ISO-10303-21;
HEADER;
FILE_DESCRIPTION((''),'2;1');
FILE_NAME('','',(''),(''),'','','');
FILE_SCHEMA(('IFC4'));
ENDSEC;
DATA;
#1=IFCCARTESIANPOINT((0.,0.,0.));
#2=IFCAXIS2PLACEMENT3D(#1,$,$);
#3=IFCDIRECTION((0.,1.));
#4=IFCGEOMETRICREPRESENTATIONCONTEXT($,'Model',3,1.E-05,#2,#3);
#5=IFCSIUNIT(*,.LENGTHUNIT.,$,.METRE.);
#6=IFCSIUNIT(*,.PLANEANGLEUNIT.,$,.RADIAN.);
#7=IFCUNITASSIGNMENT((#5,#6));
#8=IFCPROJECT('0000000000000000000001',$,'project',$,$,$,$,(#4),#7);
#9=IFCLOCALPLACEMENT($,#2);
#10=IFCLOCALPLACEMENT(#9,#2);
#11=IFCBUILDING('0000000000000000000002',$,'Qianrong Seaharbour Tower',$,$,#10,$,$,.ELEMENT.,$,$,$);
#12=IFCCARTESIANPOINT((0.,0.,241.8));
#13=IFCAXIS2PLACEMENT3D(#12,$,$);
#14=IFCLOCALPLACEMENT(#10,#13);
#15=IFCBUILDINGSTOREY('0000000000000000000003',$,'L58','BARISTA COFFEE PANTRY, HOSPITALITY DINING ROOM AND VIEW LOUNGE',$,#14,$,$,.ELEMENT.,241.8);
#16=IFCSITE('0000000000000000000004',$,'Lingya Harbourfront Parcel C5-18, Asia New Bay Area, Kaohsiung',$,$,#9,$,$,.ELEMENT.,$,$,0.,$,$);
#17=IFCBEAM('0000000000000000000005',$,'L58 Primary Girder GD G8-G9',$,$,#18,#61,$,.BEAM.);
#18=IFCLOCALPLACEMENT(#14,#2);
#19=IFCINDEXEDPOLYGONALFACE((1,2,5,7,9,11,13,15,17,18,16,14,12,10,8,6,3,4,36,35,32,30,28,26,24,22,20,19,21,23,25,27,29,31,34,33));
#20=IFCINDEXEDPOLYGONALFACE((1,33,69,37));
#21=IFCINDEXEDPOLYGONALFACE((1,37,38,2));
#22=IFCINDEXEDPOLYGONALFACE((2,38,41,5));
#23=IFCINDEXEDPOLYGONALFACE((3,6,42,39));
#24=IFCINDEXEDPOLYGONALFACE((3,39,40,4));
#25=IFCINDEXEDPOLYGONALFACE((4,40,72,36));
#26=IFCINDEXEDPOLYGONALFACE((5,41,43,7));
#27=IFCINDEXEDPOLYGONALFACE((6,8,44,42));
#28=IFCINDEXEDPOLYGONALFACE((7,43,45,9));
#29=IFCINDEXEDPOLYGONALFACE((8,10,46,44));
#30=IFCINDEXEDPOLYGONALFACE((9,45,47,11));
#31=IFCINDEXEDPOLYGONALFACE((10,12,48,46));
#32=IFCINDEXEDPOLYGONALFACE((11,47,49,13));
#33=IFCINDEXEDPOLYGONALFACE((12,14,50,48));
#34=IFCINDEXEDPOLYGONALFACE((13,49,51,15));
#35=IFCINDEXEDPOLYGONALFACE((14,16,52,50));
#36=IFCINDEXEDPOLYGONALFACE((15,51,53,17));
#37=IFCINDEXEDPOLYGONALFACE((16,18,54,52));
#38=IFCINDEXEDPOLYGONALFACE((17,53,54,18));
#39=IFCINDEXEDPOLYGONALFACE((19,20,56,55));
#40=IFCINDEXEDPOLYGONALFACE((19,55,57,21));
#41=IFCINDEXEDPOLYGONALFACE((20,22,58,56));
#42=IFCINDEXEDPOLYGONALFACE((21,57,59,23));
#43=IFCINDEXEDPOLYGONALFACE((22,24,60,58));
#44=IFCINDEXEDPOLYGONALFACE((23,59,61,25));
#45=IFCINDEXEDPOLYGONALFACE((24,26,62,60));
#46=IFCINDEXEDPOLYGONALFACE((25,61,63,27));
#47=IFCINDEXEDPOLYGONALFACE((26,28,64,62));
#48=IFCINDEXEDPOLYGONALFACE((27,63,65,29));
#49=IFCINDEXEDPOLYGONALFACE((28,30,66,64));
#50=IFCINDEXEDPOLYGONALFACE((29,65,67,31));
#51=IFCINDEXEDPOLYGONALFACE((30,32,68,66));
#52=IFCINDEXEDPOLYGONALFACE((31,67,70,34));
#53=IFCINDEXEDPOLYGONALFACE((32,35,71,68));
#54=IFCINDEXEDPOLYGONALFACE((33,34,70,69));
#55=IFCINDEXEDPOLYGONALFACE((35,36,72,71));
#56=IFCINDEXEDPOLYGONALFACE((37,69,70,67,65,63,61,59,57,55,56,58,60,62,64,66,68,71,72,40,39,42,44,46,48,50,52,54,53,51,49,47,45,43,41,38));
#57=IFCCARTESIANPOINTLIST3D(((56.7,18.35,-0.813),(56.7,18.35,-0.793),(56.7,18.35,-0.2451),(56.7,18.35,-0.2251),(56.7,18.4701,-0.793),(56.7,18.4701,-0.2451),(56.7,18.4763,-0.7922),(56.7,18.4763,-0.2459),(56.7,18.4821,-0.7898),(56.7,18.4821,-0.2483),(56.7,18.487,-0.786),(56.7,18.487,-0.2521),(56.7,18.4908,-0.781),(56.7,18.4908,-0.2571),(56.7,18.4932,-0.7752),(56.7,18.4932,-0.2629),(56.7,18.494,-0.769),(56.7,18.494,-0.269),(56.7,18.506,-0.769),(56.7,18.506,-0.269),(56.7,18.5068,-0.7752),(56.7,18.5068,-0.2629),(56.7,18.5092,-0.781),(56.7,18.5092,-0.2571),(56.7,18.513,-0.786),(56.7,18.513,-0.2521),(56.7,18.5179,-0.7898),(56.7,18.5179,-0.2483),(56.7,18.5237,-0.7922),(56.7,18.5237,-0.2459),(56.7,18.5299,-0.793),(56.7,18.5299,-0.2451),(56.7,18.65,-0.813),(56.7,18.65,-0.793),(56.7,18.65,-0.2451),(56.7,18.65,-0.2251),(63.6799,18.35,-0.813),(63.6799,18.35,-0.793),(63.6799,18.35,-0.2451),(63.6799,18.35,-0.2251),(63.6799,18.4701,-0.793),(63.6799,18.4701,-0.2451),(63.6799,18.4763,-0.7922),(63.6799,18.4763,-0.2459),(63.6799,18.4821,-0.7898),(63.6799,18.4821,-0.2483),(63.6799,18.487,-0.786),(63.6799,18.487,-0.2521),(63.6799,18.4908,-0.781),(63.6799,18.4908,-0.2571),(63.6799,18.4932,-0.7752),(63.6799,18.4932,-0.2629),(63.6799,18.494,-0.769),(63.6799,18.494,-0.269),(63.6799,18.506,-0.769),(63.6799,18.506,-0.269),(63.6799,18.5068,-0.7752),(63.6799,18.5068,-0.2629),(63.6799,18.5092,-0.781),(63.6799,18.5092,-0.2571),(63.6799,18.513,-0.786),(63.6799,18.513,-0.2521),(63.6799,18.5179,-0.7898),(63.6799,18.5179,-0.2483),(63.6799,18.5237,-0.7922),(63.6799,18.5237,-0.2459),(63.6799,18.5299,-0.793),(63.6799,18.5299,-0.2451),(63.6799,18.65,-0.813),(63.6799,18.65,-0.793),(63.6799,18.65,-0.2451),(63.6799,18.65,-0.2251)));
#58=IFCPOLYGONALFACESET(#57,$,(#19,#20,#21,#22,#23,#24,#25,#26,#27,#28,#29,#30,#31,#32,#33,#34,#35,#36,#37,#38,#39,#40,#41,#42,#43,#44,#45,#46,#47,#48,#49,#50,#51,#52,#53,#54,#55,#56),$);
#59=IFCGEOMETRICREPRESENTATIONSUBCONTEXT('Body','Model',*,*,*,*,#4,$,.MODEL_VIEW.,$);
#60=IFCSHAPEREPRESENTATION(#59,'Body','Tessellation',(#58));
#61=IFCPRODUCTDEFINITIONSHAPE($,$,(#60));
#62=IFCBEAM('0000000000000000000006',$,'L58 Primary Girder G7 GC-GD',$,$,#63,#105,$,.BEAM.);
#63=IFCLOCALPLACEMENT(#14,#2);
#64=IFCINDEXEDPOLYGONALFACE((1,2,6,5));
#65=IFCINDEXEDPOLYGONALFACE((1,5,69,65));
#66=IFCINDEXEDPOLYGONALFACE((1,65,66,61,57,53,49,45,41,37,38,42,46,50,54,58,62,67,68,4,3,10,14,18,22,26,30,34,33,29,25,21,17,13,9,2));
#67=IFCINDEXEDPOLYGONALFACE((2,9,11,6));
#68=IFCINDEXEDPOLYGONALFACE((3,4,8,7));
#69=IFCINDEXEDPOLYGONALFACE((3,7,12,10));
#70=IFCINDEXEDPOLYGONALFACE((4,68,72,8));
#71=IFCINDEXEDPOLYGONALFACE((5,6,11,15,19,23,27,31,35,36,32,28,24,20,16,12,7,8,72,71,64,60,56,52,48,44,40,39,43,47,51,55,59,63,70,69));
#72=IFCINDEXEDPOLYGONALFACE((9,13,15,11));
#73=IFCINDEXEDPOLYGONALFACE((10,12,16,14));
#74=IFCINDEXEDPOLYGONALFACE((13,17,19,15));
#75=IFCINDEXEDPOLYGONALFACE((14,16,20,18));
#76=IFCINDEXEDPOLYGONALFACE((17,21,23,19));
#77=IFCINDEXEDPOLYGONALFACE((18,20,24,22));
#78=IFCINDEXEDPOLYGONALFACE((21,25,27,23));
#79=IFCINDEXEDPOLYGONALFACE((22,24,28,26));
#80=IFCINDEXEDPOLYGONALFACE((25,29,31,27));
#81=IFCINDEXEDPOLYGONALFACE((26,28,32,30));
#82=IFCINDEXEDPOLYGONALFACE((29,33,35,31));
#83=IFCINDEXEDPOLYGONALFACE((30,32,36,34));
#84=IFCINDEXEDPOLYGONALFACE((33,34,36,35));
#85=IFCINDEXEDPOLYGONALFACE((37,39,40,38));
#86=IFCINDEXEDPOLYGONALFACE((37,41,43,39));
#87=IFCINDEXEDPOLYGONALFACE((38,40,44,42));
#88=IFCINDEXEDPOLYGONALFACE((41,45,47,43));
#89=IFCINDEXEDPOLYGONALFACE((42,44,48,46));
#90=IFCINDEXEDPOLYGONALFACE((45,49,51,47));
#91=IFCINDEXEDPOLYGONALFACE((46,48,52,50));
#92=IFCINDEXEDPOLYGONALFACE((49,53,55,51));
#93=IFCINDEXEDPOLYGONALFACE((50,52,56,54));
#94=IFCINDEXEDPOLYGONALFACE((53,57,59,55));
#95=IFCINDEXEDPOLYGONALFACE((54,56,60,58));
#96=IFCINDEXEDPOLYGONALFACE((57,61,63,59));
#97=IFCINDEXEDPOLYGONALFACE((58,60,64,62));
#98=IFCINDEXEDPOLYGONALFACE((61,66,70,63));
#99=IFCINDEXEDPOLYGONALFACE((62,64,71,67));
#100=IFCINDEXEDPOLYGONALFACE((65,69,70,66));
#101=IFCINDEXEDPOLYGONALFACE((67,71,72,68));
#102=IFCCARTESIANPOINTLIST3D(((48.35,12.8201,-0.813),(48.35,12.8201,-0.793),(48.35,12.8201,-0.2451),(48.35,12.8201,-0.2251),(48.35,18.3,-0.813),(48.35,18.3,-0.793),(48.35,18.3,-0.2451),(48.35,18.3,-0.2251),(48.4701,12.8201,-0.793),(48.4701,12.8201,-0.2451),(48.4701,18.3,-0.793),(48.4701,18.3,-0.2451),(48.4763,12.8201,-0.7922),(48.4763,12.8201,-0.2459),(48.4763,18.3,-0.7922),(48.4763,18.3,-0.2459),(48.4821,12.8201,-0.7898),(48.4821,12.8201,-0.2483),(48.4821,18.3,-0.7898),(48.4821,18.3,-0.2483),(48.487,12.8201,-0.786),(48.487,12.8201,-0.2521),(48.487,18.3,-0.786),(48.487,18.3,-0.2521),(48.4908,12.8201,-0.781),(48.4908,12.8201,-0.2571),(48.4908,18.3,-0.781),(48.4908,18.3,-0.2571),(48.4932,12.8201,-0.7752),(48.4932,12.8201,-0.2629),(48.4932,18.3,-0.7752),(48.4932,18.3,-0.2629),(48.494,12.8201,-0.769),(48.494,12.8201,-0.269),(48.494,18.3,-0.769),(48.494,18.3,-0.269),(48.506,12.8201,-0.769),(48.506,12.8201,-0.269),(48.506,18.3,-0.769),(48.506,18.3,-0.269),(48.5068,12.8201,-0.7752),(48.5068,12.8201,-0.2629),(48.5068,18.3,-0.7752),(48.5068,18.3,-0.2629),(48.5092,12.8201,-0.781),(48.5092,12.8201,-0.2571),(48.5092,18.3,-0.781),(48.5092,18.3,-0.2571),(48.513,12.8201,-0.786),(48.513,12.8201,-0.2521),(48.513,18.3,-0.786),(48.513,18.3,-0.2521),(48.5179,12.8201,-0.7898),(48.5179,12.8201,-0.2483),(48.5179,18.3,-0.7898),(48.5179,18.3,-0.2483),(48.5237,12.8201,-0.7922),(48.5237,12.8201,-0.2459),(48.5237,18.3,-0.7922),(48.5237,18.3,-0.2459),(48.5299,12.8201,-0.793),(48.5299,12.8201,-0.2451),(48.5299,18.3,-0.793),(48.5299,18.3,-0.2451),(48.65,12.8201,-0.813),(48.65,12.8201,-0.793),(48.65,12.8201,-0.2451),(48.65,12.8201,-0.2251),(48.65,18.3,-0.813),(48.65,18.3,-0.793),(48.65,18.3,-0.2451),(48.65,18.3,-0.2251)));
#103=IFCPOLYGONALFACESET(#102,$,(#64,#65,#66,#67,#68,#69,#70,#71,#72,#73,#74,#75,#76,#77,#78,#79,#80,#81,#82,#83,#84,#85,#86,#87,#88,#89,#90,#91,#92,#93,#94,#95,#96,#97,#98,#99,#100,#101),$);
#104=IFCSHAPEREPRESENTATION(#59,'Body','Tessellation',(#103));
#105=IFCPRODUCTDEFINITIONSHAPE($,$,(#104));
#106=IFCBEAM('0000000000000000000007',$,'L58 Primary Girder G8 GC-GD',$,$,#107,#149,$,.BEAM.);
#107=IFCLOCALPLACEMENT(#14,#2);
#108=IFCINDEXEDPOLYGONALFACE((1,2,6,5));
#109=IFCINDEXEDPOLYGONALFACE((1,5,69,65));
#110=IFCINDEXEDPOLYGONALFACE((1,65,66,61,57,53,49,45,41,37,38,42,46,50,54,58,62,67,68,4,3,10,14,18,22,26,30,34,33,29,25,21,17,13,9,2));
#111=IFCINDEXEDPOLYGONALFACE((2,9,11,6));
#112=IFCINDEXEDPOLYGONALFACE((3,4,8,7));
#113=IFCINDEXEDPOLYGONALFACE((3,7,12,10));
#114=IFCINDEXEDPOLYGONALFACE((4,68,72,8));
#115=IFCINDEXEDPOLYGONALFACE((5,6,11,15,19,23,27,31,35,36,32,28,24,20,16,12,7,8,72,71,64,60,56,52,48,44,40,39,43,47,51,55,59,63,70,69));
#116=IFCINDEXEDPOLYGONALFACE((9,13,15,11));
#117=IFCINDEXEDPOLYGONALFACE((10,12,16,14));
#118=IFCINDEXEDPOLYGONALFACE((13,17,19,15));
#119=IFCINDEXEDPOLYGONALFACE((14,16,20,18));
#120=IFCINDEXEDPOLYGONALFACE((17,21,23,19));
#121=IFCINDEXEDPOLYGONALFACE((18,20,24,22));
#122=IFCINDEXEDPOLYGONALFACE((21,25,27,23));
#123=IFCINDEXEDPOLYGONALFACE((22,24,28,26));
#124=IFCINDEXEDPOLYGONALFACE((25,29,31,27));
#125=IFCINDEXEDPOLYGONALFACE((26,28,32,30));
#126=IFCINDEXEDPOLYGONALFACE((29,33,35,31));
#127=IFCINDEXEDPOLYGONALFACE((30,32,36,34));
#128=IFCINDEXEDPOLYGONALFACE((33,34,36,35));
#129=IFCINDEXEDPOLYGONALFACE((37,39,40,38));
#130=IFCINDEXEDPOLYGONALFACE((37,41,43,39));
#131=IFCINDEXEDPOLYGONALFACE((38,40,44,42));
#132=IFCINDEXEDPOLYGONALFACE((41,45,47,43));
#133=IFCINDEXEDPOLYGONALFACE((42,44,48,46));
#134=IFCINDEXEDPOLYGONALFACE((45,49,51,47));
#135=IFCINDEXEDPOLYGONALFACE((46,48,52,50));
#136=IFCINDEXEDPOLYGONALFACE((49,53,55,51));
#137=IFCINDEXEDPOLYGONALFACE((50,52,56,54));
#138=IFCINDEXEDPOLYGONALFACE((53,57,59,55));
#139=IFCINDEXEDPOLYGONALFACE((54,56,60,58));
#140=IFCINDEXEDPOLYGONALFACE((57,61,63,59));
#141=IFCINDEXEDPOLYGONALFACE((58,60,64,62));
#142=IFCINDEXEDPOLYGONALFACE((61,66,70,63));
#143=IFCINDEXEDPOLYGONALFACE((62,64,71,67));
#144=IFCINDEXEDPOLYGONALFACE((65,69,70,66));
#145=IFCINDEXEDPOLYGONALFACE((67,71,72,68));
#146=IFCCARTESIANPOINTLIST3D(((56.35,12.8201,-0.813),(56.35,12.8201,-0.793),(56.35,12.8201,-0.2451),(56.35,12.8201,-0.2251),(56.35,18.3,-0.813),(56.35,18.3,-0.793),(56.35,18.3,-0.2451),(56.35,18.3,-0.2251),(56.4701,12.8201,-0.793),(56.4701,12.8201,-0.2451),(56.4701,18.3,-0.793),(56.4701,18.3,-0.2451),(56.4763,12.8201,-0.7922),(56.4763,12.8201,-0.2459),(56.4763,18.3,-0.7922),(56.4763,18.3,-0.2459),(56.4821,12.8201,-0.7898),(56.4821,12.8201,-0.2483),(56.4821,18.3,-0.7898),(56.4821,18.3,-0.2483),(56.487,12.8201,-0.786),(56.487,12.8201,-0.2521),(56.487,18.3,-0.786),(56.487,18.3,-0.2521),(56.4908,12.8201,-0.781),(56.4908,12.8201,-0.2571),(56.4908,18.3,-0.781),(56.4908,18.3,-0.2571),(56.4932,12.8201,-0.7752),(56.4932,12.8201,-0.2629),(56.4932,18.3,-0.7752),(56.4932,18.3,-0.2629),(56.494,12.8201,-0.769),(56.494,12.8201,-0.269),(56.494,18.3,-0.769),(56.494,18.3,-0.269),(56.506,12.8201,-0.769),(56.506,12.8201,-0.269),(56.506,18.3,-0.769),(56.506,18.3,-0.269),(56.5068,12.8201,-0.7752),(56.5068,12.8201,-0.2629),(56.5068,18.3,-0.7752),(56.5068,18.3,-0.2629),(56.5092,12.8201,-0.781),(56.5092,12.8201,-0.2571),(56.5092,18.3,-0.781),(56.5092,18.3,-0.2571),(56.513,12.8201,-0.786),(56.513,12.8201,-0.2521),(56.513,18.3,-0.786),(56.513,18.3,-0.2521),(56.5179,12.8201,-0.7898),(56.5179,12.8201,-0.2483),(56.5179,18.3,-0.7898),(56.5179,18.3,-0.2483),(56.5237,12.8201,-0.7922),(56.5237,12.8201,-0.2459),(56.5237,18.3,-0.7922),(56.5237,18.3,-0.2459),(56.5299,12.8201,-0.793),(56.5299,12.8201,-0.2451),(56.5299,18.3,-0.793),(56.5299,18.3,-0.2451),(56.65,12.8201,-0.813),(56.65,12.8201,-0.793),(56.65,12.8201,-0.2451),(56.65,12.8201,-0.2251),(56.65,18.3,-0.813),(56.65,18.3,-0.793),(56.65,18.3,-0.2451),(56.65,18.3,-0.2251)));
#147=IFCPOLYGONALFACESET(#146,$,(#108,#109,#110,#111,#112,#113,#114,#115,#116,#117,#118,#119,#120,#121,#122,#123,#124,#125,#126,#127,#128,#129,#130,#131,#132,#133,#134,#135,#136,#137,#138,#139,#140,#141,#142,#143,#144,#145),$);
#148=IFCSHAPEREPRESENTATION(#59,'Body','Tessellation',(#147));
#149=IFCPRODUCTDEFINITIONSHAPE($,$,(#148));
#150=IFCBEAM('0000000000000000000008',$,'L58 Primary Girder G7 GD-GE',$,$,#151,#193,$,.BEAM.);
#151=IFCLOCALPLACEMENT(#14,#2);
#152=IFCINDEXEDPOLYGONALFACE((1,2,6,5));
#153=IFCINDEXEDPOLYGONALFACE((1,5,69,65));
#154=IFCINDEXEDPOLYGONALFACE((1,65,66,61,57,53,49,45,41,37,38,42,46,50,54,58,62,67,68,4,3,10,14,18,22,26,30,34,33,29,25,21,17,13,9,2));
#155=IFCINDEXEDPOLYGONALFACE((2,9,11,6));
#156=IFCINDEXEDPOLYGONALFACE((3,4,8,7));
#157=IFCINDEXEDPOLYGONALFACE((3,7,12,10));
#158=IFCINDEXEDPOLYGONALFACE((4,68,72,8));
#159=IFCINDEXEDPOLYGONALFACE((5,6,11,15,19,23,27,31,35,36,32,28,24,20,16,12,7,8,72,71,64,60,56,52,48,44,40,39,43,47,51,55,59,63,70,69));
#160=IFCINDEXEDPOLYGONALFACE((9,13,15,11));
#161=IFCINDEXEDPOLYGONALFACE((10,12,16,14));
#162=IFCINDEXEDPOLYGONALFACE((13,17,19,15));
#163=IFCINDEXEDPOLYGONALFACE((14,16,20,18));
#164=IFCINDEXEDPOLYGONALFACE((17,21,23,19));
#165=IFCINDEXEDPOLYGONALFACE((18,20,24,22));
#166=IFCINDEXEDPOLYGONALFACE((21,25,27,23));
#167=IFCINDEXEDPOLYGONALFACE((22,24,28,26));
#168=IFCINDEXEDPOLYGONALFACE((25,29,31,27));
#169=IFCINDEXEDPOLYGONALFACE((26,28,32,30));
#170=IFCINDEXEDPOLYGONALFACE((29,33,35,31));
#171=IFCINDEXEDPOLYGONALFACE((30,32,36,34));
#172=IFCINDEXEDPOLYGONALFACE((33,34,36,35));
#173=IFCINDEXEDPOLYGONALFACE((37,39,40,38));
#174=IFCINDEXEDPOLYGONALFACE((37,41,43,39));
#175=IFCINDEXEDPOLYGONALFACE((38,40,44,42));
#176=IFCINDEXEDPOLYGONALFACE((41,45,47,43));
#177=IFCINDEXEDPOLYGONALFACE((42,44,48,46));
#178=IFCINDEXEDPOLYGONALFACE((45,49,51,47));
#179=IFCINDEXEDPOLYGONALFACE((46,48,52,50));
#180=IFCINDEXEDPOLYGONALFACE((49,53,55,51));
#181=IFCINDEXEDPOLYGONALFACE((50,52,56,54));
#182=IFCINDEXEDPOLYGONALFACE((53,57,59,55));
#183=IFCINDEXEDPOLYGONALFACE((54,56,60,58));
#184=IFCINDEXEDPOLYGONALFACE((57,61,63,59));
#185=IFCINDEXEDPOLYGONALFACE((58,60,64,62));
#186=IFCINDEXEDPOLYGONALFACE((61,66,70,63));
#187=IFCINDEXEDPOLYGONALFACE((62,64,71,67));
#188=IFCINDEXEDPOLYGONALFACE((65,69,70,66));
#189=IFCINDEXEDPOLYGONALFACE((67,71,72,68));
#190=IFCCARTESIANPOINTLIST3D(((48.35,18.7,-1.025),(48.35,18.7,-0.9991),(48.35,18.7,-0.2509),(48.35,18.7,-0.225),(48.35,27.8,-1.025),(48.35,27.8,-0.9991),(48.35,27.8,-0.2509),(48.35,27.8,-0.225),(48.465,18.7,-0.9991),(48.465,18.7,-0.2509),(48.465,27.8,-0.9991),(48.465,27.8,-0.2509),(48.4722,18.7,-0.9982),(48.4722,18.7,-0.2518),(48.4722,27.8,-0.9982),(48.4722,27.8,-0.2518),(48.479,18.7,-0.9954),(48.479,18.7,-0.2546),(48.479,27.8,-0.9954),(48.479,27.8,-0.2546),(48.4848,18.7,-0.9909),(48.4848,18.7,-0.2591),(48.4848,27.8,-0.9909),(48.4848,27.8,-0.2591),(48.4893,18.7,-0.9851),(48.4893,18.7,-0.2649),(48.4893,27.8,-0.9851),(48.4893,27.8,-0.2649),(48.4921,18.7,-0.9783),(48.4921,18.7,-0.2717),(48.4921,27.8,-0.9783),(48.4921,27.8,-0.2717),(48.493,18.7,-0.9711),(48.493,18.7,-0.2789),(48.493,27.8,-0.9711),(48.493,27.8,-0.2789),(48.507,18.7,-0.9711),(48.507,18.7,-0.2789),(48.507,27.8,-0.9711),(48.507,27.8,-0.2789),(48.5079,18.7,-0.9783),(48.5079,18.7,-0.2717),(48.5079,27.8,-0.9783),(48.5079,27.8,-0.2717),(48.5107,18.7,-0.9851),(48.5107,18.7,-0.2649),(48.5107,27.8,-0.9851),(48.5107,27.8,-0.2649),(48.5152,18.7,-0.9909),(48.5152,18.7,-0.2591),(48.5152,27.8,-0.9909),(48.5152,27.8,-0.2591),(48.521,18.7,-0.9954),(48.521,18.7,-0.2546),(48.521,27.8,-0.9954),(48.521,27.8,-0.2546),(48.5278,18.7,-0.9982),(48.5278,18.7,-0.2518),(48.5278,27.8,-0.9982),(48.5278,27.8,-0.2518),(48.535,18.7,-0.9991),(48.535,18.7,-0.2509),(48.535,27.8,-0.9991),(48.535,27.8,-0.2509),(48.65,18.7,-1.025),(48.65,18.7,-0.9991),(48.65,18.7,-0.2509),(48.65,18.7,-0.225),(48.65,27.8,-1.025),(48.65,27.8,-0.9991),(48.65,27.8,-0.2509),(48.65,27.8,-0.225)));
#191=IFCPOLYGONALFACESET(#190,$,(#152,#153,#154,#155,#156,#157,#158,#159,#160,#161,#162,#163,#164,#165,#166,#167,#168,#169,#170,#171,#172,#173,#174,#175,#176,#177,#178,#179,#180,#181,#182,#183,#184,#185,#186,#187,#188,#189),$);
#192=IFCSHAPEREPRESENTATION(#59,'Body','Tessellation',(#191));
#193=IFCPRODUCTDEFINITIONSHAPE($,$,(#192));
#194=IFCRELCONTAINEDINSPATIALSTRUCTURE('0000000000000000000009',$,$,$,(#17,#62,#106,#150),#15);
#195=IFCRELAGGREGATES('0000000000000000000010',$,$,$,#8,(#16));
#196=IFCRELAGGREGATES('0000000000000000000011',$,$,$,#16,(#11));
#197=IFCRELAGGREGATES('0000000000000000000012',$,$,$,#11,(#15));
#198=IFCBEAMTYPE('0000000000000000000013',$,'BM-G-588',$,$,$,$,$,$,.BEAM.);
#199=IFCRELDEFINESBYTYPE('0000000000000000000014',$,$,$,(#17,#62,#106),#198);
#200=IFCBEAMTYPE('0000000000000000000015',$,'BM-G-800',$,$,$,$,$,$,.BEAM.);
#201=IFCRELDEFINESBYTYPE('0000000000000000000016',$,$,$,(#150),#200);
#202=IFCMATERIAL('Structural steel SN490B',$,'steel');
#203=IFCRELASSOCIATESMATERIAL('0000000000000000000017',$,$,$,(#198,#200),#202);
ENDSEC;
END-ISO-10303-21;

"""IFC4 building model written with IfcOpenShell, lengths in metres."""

from ifc_helpers import new_model, si_unit, direction, frame, origin, origin_2d, place, context, subcontext, project, spatial, i_section, extrude, material, material_profile, profile_set, type_object, element, save


model = new_model("IFC4")

# Units and contexts
model_context = context("Model", 3, precision=1e-05, world=origin(), true_north=direction((0.0, 1.0)))
body_context = subcontext(model_context, "Body", "Model", "MODEL_VIEW")
ifc_project = project(units=[si_unit("LENGTHUNIT", "METRE"), si_unit("PLANEANGLEUNIT", "RADIAN")], contexts=[model_context])

# Site, building, storey
site_placement = place(None, origin())
site = spatial("IfcSite", under=ifc_project, at=site_placement, Name="Lingya Harbourfront Parcel C5-18, Asia New Bay Area, Kaohsiung", CompositionType="ELEMENT", RefElevation=0.0)
building_placement = place(site_placement, origin())
building = spatial("IfcBuilding", under=site, at=building_placement, Name="Qianrong Seaharbour Tower", CompositionType="ELEMENT")
storey_placement = place(building_placement, frame((0.0, 0.0, 241.8)))
storey = spatial("IfcBuildingStorey", under=building, at=storey_placement, Name="L58", Description="BARISTA COFFEE PANTRY, HOSPITALITY DINING ROOM AND VIEW LOUNGE", CompositionType="ELEMENT", Elevation=241.8)

# Shared definitions
ifc_material_1 = material(Name="Structural steel SN490B", Category="steel")

# Beams
ifc_material_profile_1 = material_profile(ifc_material_1, i_section(OverallWidth=0.3, OverallDepth=0.5879, WebThickness=0.012, FlangeThickness=0.02, FilletRadius=0.0239, at=origin_2d()), Name="H588x300x12x20")
ifc_profile_set_1 = profile_set([ifc_material_profile_1], Name="Structural steel SN490B")
beam_type_1 = type_object("IfcBeamType", Name="BM-G-588", PredefinedType="BEAM", material=ifc_profile_set_1)
beam_1_placement = place(storey_placement, frame((56.7, 18.5, -0.519), z_axis=(1.0, 0.0, 0.0), x_axis=(0.0, 1.0, 0.0)))
element("IfcBeam", 1, at=beam_1_placement, inside=storey, type_object=beam_type_1, Name="L58 Primary Girder GD G8-G9", PredefinedType="BEAM", context=body_context, shape_type="SweptSolid", body=[
    extrude(i_section(OverallWidth=0.3, OverallDepth=0.5879, WebThickness=0.012, FlangeThickness=0.02, FilletRadius=0.0239, at=origin_2d()), origin(), (0.0, 0.0, 1.0), 6.98),
])
for number, where, z_axis, x_axis, name in (
    (2, (48.5, 12.8201, -0.519), (0.0, 1.0, 0.0), (-1.0, 0.0, 0.0), "L58 Primary Girder G7 GC-GD"),
    (3, (56.5, 12.8201, -0.519), (0.0, 1.0, 0.0), (-1.0, 0.0, 0.0), "L58 Primary Girder G8 GC-GD"),
):
    element("IfcBeam", number, at=place(storey_placement, frame(where, z_axis=z_axis, x_axis=x_axis)), inside=storey, type_object=beam_type_1, Name=name, PredefinedType="BEAM", context=body_context, shape_type="SweptSolid", body=[
        extrude(i_section(OverallWidth=0.3, OverallDepth=0.5879, WebThickness=0.012, FlangeThickness=0.02, FilletRadius=0.0239, at=origin_2d()), origin(), (0.0, 0.0, 1.0), 5.48),
    ])
ifc_material_profile_2 = material_profile(ifc_material_1, i_section(OverallWidth=0.3, OverallDepth=0.8, WebThickness=0.0139, FlangeThickness=0.0259, FilletRadius=0.0281, at=origin_2d()), Name="H800x300x14x26")
ifc_profile_set_2 = profile_set([ifc_material_profile_2], Name="Structural steel SN490B")
beam_type_2 = type_object("IfcBeamType", Name="BM-G-800", PredefinedType="BEAM", material=ifc_profile_set_2)
for number, where, z_axis, x_axis, name in (
    (4, (48.5, 18.7, -0.625), (0.0, 1.0, 0.0), (-1.0, 0.0, 0.0), "L58 Primary Girder G7 GD-GE"),
):
    element("IfcBeam", number, at=place(storey_placement, frame(where, z_axis=z_axis, x_axis=x_axis)), inside=storey, type_object=beam_type_2, Name=name, PredefinedType="BEAM", context=body_context, shape_type="SweptSolid", body=[
        extrude(i_section(OverallWidth=0.3, OverallDepth=0.8, WebThickness=0.0139, FlangeThickness=0.0259, FilletRadius=0.0281, at=origin_2d()), origin(), (0.0, 0.0, 1.0), 9.1001),
    ])

save(model, "model.ifc")
